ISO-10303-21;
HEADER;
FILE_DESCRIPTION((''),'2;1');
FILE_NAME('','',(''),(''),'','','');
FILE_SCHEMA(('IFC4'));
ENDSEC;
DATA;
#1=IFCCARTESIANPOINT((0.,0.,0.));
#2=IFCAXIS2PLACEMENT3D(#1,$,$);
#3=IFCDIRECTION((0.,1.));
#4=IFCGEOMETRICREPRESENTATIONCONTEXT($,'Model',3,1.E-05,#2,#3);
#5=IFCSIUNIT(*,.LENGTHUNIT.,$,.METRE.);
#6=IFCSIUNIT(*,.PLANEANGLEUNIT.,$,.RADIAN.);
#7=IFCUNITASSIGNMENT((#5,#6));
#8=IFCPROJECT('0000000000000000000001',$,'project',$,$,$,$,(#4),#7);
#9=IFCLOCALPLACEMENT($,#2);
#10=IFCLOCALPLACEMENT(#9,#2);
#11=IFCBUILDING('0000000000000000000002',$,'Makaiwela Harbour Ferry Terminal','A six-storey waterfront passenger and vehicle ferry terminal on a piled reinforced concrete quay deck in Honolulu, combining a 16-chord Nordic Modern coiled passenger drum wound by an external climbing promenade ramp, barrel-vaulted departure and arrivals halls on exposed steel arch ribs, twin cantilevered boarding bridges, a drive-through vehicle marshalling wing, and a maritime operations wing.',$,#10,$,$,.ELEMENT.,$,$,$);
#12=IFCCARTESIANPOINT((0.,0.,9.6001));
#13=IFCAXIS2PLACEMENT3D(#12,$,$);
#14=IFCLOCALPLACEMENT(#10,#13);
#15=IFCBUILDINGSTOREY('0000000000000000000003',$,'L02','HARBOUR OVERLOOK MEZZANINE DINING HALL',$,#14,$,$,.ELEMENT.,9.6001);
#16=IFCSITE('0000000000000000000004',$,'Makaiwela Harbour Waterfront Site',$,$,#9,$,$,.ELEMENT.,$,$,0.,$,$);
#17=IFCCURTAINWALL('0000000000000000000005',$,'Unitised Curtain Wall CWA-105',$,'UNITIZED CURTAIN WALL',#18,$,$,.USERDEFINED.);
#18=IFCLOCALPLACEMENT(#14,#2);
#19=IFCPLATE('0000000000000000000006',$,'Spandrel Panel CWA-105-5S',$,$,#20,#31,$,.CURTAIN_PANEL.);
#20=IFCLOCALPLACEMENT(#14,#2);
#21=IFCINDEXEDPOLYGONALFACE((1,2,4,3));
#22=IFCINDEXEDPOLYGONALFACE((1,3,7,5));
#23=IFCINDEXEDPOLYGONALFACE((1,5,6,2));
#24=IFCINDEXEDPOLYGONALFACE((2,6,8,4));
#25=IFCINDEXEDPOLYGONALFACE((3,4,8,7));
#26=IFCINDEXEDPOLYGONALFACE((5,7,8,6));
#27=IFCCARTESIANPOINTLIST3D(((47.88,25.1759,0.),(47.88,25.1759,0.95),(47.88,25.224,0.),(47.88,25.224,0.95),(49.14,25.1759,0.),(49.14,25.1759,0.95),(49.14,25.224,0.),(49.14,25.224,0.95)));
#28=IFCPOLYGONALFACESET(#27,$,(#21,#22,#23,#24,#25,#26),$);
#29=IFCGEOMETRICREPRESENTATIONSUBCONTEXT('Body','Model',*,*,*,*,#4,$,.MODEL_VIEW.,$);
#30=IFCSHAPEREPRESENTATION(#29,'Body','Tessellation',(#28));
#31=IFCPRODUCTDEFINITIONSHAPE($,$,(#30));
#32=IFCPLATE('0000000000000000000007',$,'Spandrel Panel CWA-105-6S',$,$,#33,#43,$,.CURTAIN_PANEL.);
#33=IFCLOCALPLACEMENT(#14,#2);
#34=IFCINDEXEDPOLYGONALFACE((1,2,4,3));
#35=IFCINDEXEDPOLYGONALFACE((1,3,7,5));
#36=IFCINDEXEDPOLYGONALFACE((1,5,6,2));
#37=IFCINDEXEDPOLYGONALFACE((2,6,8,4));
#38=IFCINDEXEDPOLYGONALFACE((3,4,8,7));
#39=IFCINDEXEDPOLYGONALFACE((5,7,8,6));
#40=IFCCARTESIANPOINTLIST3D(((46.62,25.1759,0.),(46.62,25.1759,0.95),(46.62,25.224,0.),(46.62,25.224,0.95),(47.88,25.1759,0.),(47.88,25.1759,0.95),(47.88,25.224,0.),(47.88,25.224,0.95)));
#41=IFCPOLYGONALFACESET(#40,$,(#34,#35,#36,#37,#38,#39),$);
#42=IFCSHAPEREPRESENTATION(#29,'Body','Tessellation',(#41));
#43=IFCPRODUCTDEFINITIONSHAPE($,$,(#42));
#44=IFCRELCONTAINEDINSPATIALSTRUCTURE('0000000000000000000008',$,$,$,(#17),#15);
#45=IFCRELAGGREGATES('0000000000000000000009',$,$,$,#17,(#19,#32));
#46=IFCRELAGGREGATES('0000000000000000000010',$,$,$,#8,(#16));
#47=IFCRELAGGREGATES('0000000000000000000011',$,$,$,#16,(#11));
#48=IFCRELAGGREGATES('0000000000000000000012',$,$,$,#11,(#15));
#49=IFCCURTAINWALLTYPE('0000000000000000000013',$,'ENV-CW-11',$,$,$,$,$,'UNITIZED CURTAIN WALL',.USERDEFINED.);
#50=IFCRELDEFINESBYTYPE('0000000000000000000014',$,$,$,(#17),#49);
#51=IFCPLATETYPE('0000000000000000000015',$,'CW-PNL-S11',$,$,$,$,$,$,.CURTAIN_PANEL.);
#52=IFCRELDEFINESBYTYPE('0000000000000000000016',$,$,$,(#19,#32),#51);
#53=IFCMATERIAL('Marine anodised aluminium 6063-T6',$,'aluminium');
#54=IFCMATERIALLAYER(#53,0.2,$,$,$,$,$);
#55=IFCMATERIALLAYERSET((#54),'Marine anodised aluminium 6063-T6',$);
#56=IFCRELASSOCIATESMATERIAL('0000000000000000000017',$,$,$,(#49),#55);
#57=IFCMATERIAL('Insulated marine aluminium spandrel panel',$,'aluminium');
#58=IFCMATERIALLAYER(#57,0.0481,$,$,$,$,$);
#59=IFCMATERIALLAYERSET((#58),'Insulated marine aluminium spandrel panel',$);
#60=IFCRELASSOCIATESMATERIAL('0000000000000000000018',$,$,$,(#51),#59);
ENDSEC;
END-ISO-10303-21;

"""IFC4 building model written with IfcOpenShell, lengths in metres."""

from ifc_helpers import new_model, si_unit, direction, frame, origin, origin_2d, place, context, subcontext, project, spatial, rectangle, extrude, material, layer, layer_set, type_object, element, aggregate, save


model = new_model("IFC4")

# Units and contexts
model_context = context("Model", 3, precision=1e-05, world=origin(), true_north=direction((0.0, 1.0)))
body_context = subcontext(model_context, "Body", "Model", "MODEL_VIEW")
ifc_project = project(units=[si_unit("LENGTHUNIT", "METRE"), si_unit("PLANEANGLEUNIT", "RADIAN")], contexts=[model_context])

# Site, building, storey
site_placement = place(None, origin())
site = spatial("IfcSite", under=ifc_project, at=site_placement, Name="Makaiwela Harbour Waterfront Site", CompositionType="ELEMENT", RefElevation=0.0)
building_placement = place(site_placement, origin())
building = spatial("IfcBuilding", under=site, at=building_placement, Name="Makaiwela Harbour Ferry Terminal", Description="A six-storey waterfront passenger and vehicle ferry terminal on a piled reinforced concrete quay deck in Honolulu, combining a 16-chord Nordic Modern coiled passenger drum wound by an external climbing promenade ramp, barrel-vaulted departure and arrivals halls on exposed steel arch ribs, twin cantilevered boarding bridges, a drive-through vehicle marshalling wing, and a maritime operations wing.", CompositionType="ELEMENT")
storey_placement = place(building_placement, frame((0.0, 0.0, 9.6001)))
storey = spatial("IfcBuildingStorey", under=building, at=storey_placement, Name="L02", Description="HARBOUR OVERLOOK MEZZANINE DINING HALL", CompositionType="ELEMENT", Elevation=9.6001)

# Shared definitions
ifc_material_1 = material(Name="Marine anodised aluminium 6063-T6", Category="aluminium")
ifc_layer_1 = layer(ifc_material_1, 0.2)
ifc_layer_set_1 = layer_set([ifc_layer_1], Name="Marine anodised aluminium 6063-T6")
curtain_wall_type = type_object("IfcCurtainWallType", Name="ENV-CW-11", ElementType="UNITIZED CURTAIN WALL", PredefinedType="USERDEFINED", material=ifc_layer_set_1)

# Curtain wall
curtain_wall_1_placement = place(storey_placement, origin())
curtain_wall_1 = element("IfcCurtainWall", 1, at=curtain_wall_1_placement, inside=storey, type_object=curtain_wall_type, Name="Unitised Curtain Wall CWA-105", ObjectType="UNITIZED CURTAIN WALL", PredefinedType="USERDEFINED")

# Plates
ifc_material_2 = material(Name="Insulated marine aluminium spandrel panel", Category="aluminium")
ifc_layer_2 = layer(ifc_material_2, 0.0481)
ifc_layer_set_2 = layer_set([ifc_layer_2], Name="Insulated marine aluminium spandrel panel")
plate_type_1 = type_object("IfcPlateType", Name="CW-PNL-S11", PredefinedType="CURTAIN_PANEL", material=ifc_layer_set_2)
plate_1_placement = place(storey_placement, frame((48.51, 25.2, 0.0), z_axis=(0.0, 0.0, 1.0), x_axis=(-1.0, 0.0, 0.0)))
plate_1 = element("IfcPlate", 2, at=plate_1_placement, type_object=plate_type_1, Name="Spandrel Panel CWA-105-5S", PredefinedType="CURTAIN_PANEL", context=body_context, shape_type="SweptSolid", body=[
    extrude(rectangle(XDim=1.26, YDim=0.0481, at=origin_2d()), origin(), (0.0, 0.0, 1.0), 0.95),
])
plate_2_placement = place(storey_placement, frame((47.25, 25.2, 0.0), z_axis=(0.0, 0.0, 1.0), x_axis=(-1.0, 0.0, 0.0)))
plate_2 = element("IfcPlate", 3, at=plate_2_placement, type_object=plate_type_1, Name="Spandrel Panel CWA-105-6S", PredefinedType="CURTAIN_PANEL", context=body_context, shape_type="SweptSolid", body=[
    extrude(rectangle(XDim=1.26, YDim=0.0481, at=origin_2d()), origin(), (0.0, 0.0, 1.0), 0.95),
])
aggregate(curtain_wall_1, [plate_1, plate_2])

save(model, "model.ifc")
